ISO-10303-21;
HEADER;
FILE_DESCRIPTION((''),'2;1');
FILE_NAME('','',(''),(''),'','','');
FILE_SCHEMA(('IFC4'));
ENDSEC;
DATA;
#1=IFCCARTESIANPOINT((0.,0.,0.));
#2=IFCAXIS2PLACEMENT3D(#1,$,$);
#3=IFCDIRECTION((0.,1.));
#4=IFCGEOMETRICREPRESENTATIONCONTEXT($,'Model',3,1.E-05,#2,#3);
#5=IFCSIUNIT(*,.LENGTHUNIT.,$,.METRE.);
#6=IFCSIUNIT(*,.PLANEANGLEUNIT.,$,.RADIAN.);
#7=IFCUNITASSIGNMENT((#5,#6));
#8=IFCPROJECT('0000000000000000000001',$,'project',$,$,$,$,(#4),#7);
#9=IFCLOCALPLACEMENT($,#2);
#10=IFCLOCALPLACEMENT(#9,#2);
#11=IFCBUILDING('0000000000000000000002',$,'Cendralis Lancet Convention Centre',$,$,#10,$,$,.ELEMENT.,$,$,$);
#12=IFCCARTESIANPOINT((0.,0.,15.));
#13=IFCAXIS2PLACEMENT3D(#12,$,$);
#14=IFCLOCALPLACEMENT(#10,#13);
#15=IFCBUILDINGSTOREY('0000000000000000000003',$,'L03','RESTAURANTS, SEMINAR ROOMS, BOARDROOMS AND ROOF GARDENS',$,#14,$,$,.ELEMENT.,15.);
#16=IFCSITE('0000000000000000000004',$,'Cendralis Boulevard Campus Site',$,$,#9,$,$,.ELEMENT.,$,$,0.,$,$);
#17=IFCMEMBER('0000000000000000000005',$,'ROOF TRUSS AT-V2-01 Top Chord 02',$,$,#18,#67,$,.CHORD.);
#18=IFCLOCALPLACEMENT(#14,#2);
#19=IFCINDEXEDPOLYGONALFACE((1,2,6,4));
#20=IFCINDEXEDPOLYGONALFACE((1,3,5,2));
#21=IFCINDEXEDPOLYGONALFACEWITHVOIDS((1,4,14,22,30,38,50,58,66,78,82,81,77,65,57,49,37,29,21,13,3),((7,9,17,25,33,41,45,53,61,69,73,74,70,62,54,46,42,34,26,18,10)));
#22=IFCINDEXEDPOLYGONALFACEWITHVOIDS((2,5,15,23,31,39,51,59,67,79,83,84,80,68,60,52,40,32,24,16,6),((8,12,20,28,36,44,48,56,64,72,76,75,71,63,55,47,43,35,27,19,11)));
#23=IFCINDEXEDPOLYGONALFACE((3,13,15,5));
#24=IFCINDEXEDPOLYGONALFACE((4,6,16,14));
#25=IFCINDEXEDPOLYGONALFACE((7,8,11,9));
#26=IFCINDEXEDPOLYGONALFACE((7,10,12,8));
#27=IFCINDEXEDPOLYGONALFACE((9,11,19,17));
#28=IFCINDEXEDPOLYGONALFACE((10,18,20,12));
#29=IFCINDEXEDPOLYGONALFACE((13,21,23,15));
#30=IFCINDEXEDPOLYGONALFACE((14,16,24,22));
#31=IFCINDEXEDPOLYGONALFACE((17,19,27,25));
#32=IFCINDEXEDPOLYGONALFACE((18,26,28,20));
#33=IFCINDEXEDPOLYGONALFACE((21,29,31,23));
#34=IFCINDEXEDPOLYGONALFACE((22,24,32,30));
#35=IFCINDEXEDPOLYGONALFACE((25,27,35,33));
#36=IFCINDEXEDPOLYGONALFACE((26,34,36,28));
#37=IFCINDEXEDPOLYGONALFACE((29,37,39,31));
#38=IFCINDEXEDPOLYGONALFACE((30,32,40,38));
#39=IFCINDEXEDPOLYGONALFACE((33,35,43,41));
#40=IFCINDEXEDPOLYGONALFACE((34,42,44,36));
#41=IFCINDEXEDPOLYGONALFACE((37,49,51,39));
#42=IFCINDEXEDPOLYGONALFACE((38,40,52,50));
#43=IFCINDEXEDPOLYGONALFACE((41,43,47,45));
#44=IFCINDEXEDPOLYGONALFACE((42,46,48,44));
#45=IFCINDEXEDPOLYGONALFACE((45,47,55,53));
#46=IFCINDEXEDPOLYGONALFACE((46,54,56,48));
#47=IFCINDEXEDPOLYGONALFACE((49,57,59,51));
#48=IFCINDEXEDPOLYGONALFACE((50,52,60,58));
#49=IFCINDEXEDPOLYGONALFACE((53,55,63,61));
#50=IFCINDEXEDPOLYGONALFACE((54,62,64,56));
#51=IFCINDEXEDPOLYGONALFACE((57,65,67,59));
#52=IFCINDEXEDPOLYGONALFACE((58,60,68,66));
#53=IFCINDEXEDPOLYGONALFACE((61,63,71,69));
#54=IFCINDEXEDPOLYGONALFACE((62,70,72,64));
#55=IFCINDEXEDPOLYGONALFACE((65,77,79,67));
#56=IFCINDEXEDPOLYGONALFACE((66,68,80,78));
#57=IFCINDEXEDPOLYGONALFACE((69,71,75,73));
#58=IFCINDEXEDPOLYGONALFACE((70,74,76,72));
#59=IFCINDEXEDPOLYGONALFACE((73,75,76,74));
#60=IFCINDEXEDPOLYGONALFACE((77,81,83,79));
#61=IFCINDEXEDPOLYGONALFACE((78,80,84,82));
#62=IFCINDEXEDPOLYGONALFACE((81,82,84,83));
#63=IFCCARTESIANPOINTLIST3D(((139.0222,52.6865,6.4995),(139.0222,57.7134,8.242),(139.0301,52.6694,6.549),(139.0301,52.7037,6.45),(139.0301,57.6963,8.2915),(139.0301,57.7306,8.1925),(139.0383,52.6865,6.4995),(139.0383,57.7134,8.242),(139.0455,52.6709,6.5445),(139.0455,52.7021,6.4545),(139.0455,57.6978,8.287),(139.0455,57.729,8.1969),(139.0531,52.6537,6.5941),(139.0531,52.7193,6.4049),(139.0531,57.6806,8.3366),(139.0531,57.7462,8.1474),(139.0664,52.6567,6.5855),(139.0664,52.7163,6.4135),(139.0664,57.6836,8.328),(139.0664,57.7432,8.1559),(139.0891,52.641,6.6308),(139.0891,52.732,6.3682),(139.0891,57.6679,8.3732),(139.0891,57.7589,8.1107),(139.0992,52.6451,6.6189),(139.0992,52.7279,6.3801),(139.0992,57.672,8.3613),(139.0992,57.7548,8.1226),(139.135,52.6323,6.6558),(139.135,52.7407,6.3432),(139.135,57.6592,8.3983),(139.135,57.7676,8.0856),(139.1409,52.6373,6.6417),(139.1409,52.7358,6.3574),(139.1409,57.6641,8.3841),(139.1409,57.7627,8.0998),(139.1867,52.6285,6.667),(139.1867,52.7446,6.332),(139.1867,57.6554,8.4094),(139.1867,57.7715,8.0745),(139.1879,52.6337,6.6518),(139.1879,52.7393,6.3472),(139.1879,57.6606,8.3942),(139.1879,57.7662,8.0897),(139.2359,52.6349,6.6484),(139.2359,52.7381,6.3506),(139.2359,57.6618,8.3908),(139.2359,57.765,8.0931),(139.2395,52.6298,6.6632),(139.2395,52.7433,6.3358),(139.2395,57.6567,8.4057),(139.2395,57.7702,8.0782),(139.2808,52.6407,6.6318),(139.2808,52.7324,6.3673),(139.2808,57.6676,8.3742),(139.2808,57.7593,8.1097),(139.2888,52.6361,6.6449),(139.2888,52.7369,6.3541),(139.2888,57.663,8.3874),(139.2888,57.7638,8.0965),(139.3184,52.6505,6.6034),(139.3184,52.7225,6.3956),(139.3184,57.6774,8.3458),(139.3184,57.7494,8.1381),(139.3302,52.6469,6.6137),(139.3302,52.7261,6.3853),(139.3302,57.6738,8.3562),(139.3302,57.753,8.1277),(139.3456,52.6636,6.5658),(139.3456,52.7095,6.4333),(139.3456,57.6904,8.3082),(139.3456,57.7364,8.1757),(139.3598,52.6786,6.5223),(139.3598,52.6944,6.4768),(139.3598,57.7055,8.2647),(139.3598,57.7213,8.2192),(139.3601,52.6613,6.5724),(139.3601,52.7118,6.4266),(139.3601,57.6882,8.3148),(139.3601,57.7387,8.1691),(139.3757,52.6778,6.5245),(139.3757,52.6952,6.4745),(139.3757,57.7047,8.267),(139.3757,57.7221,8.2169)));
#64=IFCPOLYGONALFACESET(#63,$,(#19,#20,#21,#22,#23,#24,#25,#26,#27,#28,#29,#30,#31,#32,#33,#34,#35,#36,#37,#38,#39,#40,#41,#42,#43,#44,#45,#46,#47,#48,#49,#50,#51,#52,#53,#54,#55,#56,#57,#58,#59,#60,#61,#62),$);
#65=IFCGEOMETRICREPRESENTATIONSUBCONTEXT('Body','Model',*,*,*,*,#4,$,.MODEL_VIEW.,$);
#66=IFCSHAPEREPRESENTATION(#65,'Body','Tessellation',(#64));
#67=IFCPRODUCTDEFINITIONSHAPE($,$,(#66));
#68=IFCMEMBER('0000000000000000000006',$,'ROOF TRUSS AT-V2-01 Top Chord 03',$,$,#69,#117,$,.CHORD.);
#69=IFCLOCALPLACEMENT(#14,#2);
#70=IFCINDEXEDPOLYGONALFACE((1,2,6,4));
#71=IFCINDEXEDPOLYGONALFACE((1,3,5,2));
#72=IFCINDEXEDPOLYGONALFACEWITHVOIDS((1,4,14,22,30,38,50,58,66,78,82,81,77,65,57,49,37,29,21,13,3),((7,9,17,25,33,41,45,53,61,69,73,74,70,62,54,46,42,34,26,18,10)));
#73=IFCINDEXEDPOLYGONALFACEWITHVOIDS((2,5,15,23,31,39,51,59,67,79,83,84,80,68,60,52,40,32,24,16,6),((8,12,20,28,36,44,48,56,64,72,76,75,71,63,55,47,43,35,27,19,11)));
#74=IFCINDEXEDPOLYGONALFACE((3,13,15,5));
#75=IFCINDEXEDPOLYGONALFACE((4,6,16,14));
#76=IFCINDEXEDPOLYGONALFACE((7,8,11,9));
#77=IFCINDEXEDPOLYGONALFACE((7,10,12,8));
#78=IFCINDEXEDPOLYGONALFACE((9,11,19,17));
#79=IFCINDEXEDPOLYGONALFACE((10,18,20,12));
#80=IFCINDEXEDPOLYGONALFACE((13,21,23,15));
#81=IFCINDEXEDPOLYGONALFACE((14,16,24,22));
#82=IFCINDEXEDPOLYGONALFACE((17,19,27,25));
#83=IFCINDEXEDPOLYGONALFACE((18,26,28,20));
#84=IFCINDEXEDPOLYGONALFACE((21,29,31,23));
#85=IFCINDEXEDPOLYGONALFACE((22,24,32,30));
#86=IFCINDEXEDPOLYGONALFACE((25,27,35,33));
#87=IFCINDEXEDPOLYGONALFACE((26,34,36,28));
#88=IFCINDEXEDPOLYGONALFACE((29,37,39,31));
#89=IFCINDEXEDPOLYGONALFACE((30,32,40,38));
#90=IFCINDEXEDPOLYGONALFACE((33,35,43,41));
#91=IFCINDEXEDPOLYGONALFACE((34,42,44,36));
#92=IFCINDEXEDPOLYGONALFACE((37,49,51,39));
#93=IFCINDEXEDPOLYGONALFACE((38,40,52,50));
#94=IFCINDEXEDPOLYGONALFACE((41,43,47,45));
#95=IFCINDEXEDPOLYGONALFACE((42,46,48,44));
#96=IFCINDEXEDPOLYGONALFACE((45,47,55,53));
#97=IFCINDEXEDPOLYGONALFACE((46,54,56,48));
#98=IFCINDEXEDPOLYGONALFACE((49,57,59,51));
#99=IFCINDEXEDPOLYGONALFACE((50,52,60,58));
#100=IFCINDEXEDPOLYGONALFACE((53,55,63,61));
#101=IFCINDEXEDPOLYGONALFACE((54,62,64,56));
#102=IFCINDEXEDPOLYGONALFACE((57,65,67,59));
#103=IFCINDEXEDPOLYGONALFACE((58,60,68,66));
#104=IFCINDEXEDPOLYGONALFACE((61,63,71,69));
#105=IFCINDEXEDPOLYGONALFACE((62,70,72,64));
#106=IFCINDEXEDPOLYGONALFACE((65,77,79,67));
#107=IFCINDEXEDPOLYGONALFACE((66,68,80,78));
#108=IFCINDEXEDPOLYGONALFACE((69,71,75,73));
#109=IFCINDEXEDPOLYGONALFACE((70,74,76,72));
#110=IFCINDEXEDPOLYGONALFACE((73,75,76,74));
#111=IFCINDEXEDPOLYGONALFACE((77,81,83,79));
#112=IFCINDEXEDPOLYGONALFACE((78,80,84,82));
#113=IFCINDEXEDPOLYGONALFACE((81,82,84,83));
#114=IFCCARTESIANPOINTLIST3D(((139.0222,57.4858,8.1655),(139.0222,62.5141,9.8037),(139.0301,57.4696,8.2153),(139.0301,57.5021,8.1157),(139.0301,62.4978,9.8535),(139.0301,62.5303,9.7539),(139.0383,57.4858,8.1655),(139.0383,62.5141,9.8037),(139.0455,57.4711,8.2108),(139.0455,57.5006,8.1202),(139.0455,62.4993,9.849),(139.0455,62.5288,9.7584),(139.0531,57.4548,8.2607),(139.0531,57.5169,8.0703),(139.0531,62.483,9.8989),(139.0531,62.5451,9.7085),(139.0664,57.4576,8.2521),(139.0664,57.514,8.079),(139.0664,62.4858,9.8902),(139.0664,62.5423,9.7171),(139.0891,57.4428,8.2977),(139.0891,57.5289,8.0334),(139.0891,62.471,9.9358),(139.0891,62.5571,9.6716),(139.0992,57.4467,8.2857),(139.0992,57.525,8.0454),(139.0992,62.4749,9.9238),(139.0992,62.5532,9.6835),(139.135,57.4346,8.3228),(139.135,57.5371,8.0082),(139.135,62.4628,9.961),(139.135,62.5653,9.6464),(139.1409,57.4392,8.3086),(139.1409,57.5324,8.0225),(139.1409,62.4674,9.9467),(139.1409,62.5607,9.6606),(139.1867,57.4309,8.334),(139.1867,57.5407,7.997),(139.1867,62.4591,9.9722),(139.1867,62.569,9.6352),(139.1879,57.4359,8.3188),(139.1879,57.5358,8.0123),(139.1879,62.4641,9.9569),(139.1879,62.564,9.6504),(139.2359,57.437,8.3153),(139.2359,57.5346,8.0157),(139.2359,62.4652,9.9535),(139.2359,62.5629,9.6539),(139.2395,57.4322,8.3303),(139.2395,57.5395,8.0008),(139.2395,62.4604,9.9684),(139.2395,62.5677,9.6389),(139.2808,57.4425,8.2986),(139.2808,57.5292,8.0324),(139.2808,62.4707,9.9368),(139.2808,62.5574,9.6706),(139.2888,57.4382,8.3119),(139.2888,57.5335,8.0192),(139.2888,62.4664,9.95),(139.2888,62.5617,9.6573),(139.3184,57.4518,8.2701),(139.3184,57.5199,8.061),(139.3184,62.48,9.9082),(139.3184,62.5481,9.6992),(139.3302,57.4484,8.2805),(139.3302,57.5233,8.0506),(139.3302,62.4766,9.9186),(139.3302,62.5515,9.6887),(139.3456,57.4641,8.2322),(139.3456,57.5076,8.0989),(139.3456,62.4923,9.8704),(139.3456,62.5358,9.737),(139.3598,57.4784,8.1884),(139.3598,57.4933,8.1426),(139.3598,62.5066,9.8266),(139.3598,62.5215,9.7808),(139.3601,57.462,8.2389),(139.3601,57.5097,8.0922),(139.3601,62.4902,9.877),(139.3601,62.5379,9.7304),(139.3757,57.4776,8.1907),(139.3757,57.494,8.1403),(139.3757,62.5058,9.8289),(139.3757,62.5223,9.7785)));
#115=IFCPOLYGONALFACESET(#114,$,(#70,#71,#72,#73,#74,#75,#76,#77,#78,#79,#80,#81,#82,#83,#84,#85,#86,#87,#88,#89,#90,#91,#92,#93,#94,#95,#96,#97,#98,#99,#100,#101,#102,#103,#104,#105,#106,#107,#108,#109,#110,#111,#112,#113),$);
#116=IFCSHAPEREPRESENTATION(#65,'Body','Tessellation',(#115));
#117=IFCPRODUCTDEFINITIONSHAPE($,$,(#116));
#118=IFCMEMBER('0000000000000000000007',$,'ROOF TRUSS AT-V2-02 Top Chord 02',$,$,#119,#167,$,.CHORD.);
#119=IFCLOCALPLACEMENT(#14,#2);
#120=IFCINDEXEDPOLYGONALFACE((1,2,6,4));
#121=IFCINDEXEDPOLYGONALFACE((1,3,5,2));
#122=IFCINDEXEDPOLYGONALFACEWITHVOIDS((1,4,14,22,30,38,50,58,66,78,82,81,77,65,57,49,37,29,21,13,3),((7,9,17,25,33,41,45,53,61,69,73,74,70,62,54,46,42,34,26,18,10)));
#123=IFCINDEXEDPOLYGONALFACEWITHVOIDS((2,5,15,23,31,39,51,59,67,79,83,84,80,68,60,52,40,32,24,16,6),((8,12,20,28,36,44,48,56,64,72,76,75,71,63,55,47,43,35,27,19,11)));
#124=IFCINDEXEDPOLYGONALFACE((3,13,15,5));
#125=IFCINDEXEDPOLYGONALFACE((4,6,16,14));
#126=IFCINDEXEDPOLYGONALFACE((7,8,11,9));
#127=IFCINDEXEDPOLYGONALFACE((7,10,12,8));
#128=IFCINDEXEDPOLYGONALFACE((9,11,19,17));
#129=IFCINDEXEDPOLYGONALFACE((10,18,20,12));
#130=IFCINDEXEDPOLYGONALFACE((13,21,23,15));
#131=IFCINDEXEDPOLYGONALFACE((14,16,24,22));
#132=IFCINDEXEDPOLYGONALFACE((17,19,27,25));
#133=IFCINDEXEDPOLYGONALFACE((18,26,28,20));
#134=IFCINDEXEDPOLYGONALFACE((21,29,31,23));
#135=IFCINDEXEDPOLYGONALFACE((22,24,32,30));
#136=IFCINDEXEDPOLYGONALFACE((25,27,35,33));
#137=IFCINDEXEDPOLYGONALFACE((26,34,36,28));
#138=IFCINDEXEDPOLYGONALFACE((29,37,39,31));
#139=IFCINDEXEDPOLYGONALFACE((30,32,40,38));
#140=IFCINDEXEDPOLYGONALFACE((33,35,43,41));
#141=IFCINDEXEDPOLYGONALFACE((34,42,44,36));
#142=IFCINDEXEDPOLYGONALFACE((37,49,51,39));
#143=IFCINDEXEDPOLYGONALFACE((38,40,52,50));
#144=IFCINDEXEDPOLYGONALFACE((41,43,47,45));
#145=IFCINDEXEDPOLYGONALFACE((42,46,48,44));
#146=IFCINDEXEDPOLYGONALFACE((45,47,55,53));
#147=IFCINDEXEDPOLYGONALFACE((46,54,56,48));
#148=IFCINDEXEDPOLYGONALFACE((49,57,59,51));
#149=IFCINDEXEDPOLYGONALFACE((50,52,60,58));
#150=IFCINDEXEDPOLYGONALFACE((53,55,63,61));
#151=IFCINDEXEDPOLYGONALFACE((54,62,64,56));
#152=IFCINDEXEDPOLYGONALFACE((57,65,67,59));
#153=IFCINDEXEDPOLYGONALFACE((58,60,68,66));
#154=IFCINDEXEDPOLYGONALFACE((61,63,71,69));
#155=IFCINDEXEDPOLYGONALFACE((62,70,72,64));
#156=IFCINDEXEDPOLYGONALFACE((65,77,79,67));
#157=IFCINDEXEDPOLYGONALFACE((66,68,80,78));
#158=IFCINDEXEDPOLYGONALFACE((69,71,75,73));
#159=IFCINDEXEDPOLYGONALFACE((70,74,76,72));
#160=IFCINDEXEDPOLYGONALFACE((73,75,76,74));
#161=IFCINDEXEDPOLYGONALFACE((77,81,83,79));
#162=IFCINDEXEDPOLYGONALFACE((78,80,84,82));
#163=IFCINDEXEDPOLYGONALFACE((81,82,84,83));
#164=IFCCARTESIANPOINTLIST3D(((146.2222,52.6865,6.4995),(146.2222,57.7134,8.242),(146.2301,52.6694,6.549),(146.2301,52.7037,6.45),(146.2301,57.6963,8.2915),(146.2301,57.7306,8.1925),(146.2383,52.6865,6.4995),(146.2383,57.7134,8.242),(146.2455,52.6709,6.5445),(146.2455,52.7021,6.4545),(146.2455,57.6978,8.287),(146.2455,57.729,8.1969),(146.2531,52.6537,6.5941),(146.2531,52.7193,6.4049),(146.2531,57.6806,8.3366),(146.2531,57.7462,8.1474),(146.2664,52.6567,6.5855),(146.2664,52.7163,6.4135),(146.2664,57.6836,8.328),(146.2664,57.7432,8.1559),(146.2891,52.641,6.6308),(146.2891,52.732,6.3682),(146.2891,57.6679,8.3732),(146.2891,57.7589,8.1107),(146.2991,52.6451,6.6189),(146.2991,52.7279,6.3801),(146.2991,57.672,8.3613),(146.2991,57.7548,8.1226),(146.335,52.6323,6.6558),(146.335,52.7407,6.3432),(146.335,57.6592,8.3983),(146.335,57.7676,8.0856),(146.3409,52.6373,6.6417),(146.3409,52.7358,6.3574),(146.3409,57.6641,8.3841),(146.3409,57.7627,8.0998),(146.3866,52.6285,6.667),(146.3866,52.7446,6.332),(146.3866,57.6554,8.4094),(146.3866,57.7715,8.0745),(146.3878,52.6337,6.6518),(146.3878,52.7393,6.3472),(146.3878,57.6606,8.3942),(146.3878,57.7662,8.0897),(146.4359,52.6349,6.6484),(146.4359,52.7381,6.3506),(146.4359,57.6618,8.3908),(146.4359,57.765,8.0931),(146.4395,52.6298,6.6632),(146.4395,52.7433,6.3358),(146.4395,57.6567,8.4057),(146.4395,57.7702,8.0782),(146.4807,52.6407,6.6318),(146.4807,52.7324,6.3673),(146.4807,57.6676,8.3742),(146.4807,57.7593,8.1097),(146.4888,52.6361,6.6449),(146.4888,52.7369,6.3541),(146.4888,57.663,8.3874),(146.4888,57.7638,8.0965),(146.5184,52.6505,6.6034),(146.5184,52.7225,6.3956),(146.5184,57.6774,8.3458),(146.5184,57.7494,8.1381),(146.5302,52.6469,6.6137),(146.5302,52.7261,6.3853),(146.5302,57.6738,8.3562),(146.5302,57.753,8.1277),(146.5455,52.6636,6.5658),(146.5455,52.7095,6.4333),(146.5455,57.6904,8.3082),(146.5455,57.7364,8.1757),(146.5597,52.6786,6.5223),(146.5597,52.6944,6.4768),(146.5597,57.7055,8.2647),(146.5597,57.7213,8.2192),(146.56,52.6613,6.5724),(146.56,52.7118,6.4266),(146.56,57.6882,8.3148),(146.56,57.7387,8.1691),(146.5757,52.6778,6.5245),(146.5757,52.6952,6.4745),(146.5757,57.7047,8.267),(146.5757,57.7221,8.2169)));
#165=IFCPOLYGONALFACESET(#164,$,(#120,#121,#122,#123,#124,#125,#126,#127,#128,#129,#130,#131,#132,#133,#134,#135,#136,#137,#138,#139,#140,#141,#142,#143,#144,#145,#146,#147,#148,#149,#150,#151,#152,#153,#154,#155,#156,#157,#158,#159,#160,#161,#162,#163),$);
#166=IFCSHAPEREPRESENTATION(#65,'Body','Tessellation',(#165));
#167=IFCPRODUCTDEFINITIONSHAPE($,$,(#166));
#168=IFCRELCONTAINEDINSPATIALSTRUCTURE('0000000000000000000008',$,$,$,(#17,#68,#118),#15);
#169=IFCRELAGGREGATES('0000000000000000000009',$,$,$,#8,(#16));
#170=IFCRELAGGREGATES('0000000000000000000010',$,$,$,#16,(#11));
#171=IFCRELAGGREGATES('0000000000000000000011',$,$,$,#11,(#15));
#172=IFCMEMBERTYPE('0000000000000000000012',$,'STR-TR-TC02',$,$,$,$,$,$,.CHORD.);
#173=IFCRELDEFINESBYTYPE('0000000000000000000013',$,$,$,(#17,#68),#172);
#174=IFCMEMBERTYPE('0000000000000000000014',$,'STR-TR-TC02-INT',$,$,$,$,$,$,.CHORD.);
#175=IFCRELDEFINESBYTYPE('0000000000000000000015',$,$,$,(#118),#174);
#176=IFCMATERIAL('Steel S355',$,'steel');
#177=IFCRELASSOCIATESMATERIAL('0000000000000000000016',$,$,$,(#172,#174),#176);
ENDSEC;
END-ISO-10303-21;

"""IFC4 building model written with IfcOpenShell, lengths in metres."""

from ifc_helpers import new_model, si_unit, direction, frame, origin, origin_2d, place, context, subcontext, project, spatial, hollow_circle, extrude, material, material_profile, profile_set, type_object, element, save


model = new_model("IFC4")

# Units and contexts
model_context = context("Model", 3, precision=1e-05, world=origin(), true_north=direction((0.0, 1.0)))
body_context = subcontext(model_context, "Body", "Model", "MODEL_VIEW")
ifc_project = project(units=[si_unit("LENGTHUNIT", "METRE"), si_unit("PLANEANGLEUNIT", "RADIAN")], contexts=[model_context])

# Site, building, storey
site_placement = place(None, origin())
site = spatial("IfcSite", under=ifc_project, at=site_placement, Name="Cendralis Boulevard Campus Site", CompositionType="ELEMENT", RefElevation=0.0)
building_placement = place(site_placement, origin())
building = spatial("IfcBuilding", under=site, at=building_placement, Name="Cendralis Lancet Convention Centre", CompositionType="ELEMENT")
storey_placement = place(building_placement, frame((0.0, 0.0, 15.0)))
storey = spatial("IfcBuildingStorey", under=building, at=storey_placement, Name="L03", Description="RESTAURANTS, SEMINAR ROOMS, BOARDROOMS AND ROOF GARDENS", CompositionType="ELEMENT", Elevation=15.0)

# Shared definitions
ifc_material_1 = material(Name="Steel S355", Category="steel")

# Members
ifc_material_profile_1 = material_profile(ifc_material_1, hollow_circle(Radius=0.1777, WallThickness=0.0161, at=origin_2d()), Name="CHS 355.6x16.0")
ifc_profile_set_1 = profile_set([ifc_material_profile_1], Name="Steel S355")
member_type_1 = type_object("IfcMemberType", Name="STR-TR-TC02", PredefinedType="CHORD", material=ifc_profile_set_1)
member_1_placement = place(storey_placement, frame((139.2, 52.6865, 6.4995), z_axis=(0.0, 0.944849, 0.327508), x_axis=(-1.0, 0.0, 0.0)))
element("IfcMember", 1, at=member_1_placement, inside=storey, type_object=member_type_1, Name="ROOF TRUSS AT-V2-01 Top Chord 02", PredefinedType="CHORD", context=body_context, shape_type="SweptSolid", body=[
    extrude(hollow_circle(Radius=0.1777, WallThickness=0.0161, at=origin_2d()), origin(), (0.0, 0.0, 1.0), 5.3203),
])
member_2_placement = place(storey_placement, frame((139.2, 57.4858, 8.1655), z_axis=(0.0, 0.950813, 0.309767), x_axis=(-1.0, 0.0, 0.0)))
element("IfcMember", 2, at=member_2_placement, inside=storey, type_object=member_type_1, Name="ROOF TRUSS AT-V2-01 Top Chord 03", PredefinedType="CHORD", context=body_context, shape_type="SweptSolid", body=[
    extrude(hollow_circle(Radius=0.1777, WallThickness=0.0161, at=origin_2d()), origin(), (0.0, 0.0, 1.0), 5.2883),
])
ifc_material_profile_2 = material_profile(ifc_material_1, hollow_circle(Radius=0.1777, WallThickness=0.0161, at=origin_2d()), Name="CHS 355.6x16.0")
ifc_profile_set_2 = profile_set([ifc_material_profile_2], Name="Steel S355")
member_type_2 = type_object("IfcMemberType", Name="STR-TR-TC02-INT", PredefinedType="CHORD", material=ifc_profile_set_2)
member_3_placement = place(storey_placement, frame((146.3999, 52.6865, 6.4995), z_axis=(0.0, 0.944849, 0.327508), x_axis=(-1.0, 0.0, 0.0)))
element("IfcMember", 3, at=member_3_placement, inside=storey, type_object=member_type_2, Name="ROOF TRUSS AT-V2-02 Top Chord 02", PredefinedType="CHORD", context=body_context, shape_type="SweptSolid", body=[
    extrude(hollow_circle(Radius=0.1777, WallThickness=0.0161, at=origin_2d()), origin(), (0.0, 0.0, 1.0), 5.3203),
])

save(model, "model.ifc")
